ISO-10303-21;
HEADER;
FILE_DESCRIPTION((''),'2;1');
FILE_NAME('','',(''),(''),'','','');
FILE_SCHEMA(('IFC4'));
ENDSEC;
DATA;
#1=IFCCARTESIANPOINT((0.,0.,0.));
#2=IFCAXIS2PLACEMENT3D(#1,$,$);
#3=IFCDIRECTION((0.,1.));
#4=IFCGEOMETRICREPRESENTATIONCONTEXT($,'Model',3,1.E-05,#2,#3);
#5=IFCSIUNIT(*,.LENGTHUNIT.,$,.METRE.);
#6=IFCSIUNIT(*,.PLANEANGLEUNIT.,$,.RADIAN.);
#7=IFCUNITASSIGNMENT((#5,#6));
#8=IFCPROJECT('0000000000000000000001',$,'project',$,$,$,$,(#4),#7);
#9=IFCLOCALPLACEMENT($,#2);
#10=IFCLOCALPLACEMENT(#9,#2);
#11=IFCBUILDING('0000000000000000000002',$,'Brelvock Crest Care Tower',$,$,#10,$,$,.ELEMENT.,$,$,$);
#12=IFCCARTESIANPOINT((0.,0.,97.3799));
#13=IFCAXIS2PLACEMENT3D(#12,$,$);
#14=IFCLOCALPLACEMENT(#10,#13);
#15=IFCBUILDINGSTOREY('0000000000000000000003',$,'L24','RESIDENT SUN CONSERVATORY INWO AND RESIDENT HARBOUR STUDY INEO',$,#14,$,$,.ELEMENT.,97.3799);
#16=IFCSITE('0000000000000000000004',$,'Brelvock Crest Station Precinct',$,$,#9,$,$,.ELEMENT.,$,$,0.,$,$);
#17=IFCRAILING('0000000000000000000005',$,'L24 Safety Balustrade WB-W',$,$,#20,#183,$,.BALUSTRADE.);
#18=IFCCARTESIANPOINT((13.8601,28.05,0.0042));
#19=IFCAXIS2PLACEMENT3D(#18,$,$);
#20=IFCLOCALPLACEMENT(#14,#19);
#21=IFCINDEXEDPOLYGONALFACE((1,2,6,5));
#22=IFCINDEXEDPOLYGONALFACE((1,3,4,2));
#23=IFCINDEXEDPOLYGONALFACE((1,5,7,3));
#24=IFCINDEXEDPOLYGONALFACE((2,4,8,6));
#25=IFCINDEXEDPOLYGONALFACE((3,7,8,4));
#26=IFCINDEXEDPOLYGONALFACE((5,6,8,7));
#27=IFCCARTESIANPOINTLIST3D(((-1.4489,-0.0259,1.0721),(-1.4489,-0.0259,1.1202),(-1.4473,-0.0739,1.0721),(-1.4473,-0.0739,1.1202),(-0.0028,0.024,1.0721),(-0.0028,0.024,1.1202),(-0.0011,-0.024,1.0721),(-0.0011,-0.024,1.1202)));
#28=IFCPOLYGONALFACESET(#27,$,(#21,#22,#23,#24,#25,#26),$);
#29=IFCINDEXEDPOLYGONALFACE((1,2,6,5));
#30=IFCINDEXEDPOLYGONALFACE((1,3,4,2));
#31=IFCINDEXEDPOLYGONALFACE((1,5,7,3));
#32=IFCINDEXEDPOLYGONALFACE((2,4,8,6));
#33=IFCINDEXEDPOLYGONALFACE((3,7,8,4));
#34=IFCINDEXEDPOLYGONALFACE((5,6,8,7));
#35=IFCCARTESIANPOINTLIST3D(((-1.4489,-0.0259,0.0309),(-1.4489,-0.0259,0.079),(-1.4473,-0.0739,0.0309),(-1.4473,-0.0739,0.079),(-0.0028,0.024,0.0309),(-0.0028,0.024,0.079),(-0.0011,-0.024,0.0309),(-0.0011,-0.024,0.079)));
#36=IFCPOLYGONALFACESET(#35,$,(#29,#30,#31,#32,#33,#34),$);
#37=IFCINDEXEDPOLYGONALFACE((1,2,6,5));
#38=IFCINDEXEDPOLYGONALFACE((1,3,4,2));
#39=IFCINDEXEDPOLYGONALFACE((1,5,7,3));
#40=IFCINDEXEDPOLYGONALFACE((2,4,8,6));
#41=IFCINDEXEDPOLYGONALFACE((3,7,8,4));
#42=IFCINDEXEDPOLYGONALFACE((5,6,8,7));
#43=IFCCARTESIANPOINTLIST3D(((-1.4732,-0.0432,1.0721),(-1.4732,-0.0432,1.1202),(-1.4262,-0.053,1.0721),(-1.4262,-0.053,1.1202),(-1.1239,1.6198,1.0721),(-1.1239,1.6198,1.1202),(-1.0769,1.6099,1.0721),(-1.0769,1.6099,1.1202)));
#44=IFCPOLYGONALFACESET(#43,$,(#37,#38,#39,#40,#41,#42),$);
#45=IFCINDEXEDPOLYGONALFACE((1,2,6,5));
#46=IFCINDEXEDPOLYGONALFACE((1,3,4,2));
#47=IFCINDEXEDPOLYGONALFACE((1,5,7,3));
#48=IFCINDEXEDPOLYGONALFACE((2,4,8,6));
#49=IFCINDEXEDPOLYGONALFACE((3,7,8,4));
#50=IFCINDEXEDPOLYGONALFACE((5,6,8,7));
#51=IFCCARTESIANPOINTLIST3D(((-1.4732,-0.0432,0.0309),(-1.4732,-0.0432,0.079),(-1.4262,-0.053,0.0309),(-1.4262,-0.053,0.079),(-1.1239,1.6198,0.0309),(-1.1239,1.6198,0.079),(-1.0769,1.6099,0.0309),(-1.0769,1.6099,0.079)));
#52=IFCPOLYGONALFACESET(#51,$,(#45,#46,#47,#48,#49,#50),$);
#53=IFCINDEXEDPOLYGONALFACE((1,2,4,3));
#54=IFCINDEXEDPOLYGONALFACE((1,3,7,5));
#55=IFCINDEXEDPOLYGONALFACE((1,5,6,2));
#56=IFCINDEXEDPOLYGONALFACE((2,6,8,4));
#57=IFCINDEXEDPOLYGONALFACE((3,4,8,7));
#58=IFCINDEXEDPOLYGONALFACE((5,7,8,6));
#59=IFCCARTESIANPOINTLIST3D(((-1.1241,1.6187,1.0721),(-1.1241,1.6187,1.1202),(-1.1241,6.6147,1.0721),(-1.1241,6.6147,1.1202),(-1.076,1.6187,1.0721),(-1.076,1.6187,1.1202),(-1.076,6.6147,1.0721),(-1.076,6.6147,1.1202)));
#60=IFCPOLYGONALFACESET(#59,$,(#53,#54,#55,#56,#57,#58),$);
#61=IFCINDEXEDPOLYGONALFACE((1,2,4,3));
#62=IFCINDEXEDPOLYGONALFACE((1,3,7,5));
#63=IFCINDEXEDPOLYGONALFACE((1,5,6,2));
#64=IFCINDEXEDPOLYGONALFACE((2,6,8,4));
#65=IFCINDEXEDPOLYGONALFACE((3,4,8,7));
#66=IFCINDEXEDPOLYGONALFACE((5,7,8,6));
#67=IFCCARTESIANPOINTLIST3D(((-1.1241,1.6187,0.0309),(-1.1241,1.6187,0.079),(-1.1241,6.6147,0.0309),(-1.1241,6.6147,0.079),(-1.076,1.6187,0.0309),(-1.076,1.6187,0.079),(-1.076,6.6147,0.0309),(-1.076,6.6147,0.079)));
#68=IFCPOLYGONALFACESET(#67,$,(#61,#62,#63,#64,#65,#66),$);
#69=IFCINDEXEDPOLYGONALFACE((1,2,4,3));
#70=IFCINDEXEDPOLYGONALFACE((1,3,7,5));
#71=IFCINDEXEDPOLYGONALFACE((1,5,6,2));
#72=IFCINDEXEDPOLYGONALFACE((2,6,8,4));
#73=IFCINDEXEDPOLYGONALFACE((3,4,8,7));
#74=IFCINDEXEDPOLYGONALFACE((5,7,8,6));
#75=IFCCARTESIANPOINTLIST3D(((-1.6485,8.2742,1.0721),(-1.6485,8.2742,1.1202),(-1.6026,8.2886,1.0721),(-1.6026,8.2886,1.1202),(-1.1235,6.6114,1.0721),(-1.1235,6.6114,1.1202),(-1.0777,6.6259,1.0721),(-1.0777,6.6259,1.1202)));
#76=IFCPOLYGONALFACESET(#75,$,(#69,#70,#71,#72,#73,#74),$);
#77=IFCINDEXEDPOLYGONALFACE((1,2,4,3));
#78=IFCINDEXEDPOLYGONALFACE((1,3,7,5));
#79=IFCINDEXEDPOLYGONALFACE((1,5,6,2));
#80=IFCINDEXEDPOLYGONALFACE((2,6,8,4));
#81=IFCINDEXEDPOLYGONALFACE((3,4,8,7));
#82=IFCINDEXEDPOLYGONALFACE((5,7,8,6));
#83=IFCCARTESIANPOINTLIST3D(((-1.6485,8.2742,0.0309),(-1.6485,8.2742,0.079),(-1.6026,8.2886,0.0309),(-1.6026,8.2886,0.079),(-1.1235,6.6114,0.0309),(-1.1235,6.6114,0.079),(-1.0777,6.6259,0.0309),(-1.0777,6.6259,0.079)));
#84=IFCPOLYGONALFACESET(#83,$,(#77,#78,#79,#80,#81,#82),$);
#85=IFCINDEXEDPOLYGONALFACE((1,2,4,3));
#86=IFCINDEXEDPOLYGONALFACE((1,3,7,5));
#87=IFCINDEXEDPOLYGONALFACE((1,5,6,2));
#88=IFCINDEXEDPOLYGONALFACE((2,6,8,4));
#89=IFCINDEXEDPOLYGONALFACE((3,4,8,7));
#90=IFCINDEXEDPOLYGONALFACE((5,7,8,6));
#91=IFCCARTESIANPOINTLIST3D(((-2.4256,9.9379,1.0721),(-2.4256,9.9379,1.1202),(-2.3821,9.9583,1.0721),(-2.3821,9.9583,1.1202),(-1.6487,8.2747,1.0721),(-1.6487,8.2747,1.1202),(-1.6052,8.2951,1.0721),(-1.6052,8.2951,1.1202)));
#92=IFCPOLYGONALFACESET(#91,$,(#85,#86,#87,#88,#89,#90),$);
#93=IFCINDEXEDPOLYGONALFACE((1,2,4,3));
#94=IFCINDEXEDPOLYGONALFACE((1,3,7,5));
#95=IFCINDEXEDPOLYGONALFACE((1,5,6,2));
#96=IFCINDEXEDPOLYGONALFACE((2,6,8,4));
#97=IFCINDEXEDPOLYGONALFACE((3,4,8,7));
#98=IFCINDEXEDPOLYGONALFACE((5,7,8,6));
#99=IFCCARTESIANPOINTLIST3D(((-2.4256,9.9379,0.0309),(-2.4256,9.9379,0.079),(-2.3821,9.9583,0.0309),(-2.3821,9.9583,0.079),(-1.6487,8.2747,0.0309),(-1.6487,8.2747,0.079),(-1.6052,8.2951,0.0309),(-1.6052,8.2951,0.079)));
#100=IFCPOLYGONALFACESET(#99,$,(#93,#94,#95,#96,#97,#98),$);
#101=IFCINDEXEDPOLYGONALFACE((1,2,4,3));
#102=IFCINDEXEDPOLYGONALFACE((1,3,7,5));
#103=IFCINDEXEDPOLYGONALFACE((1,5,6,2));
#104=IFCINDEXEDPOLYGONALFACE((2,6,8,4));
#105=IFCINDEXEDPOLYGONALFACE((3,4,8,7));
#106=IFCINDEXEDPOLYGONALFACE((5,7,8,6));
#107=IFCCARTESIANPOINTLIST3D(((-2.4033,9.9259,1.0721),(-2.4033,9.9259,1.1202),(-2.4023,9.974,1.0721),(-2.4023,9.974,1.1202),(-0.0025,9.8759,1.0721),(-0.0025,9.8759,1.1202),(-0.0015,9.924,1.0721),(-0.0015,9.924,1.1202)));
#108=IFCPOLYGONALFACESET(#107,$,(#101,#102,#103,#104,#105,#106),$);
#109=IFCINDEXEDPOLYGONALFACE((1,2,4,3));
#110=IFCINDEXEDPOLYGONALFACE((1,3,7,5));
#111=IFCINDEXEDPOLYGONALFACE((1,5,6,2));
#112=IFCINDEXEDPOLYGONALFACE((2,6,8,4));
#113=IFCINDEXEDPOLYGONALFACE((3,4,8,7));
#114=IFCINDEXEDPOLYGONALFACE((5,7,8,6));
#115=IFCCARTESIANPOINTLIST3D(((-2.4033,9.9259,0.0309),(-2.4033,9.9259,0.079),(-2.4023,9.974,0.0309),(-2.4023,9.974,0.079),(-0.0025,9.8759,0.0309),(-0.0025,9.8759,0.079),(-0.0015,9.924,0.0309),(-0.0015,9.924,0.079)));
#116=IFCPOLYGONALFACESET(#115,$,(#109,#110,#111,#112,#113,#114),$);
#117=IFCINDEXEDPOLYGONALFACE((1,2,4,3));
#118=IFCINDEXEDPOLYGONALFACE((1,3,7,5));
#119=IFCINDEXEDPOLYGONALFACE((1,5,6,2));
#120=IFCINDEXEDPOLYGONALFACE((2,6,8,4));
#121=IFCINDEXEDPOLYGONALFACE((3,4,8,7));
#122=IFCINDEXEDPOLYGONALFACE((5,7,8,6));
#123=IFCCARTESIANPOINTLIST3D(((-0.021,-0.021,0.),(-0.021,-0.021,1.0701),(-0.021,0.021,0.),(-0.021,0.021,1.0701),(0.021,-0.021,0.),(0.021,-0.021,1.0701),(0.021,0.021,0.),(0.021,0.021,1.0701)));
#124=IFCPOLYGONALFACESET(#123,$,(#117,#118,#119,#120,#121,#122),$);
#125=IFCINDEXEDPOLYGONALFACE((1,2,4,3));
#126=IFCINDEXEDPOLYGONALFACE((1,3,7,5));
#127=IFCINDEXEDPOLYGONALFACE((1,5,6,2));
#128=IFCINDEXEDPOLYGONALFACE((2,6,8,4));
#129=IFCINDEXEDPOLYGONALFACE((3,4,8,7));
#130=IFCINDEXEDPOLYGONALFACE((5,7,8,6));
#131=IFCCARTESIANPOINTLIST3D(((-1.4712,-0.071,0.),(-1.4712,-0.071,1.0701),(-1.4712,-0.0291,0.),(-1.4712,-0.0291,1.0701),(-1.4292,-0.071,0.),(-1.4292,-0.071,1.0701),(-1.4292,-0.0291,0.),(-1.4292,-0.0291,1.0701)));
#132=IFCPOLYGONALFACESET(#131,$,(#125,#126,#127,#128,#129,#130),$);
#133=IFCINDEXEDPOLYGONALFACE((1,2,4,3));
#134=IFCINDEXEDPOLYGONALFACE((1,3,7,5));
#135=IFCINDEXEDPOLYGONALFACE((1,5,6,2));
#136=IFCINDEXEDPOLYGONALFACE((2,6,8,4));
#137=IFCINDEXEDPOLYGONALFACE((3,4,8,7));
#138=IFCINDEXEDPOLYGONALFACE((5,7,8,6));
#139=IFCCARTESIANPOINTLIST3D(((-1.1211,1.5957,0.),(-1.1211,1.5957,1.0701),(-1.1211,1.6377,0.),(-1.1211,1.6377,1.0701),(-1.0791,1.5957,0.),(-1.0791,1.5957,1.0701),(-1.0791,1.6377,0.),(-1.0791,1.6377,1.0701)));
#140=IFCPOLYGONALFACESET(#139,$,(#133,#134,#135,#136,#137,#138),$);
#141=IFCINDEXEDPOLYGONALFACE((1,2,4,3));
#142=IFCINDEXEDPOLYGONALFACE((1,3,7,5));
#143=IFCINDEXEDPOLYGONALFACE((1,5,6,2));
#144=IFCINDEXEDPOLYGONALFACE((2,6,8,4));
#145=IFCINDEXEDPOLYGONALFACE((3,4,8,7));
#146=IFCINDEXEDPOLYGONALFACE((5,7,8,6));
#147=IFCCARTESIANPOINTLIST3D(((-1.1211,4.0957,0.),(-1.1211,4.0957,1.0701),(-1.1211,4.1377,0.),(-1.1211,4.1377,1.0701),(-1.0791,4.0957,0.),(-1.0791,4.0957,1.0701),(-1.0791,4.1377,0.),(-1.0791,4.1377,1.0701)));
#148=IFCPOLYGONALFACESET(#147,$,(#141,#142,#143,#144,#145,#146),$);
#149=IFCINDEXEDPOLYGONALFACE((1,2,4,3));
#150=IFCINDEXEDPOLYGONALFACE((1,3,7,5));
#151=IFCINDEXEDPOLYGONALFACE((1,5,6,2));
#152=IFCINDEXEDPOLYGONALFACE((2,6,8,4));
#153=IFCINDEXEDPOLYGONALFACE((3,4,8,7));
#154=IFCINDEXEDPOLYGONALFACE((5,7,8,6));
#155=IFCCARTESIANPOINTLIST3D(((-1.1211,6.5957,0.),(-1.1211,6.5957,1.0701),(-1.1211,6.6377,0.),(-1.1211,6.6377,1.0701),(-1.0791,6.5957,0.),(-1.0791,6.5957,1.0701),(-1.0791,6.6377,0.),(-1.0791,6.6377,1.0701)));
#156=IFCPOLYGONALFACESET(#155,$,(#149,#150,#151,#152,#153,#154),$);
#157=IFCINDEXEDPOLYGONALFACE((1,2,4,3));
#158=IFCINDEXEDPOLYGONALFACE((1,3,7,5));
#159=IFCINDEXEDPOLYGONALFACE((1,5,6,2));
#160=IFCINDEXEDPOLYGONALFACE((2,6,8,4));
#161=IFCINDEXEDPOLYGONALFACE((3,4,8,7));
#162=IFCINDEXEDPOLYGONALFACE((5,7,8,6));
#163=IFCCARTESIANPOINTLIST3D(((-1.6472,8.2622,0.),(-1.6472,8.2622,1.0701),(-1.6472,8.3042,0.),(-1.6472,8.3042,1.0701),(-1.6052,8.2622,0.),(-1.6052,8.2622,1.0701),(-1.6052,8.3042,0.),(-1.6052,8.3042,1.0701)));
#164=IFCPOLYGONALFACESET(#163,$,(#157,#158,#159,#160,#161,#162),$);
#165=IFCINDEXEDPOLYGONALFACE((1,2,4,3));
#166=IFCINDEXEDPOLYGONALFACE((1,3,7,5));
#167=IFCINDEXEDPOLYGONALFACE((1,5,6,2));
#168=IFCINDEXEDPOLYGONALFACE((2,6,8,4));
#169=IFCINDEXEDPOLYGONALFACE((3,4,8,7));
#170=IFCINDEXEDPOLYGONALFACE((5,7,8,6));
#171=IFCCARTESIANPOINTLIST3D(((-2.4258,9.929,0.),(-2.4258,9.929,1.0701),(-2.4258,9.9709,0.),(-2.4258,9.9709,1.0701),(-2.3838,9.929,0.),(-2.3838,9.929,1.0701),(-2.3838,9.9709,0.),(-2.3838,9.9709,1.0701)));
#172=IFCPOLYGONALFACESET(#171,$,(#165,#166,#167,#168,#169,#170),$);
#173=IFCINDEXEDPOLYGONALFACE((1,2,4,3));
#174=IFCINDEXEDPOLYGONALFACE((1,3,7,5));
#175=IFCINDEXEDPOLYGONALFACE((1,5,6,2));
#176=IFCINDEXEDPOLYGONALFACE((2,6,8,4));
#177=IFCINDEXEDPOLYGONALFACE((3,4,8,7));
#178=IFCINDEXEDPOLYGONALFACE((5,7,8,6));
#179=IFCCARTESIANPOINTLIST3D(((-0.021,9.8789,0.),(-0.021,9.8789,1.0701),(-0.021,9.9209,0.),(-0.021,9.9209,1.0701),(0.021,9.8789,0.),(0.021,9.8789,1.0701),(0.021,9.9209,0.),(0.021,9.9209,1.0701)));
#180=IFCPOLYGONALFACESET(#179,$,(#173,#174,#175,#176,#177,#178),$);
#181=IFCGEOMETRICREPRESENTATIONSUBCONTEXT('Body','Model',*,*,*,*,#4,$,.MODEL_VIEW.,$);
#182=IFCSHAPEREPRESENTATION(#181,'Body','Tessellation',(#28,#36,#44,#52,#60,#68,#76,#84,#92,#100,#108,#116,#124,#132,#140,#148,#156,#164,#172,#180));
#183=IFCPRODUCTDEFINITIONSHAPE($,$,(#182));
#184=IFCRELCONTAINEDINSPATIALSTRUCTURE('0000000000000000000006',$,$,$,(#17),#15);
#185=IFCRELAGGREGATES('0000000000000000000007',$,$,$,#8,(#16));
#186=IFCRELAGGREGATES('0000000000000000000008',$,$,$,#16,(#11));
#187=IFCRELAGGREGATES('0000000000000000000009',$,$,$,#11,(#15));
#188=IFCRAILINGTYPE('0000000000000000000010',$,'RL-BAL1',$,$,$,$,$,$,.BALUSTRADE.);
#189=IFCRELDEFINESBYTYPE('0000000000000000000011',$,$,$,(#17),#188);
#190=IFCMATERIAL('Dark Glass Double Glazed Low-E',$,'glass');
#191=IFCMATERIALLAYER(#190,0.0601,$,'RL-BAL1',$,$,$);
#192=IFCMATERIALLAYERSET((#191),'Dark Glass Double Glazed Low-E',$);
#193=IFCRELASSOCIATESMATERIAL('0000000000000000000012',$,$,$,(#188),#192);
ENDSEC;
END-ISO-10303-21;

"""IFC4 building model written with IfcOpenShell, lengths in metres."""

from ifc_helpers import new_model, si_unit, direction, frame, origin, origin_2d, place, context, subcontext, project, spatial, rectangle, extrude, material, layer, layer_set, type_object, element, save


model = new_model("IFC4")

# Units and contexts
model_context = context("Model", 3, precision=1e-05, world=origin(), true_north=direction((0.0, 1.0)))
body_context = subcontext(model_context, "Body", "Model", "MODEL_VIEW")
ifc_project = project(units=[si_unit("LENGTHUNIT", "METRE"), si_unit("PLANEANGLEUNIT", "RADIAN")], contexts=[model_context])

# Site, building, storey
site_placement = place(None, origin())
site = spatial("IfcSite", under=ifc_project, at=site_placement, Name="Brelvock Crest Station Precinct", CompositionType="ELEMENT", RefElevation=0.0)
building_placement = place(site_placement, origin())
building = spatial("IfcBuilding", under=site, at=building_placement, Name="Brelvock Crest Care Tower", CompositionType="ELEMENT")
storey_placement = place(building_placement, frame((0.0, 0.0, 97.3799)))
storey = spatial("IfcBuildingStorey", under=building, at=storey_placement, Name="L24", Description="RESIDENT SUN CONSERVATORY INWO AND RESIDENT HARBOUR STUDY INEO", CompositionType="ELEMENT", Elevation=97.3799)

# Shared definitions
ifc_material_1 = material(Name="Dark Glass Double Glazed Low-E", Category="glass")

# Railing
ifc_layer_1 = layer(ifc_material_1, 0.0601, Name="RL-BAL1")
ifc_layer_set_1 = layer_set([ifc_layer_1], Name="Dark Glass Double Glazed Low-E")
railing_type = type_object("IfcRailingType", Name="RL-BAL1", PredefinedType="BALUSTRADE", material=ifc_layer_set_1)
railing_placement = place(storey_placement, frame((13.8601, 28.05, 0.0042)))
element("IfcRailing", 1, at=railing_placement, inside=storey, type_object=railing_type, Name="L24 Safety Balustrade WB-W", PredefinedType="BALUSTRADE", context=body_context, shape_type="SweptSolid", body=[
    extrude(rectangle(XDim=0.0481, YDim=0.0481, at=origin_2d()), frame((-0.002, 0.0, 1.0962), z_axis=(-0.999405, -0.034491, 0.0), x_axis=(0.034491, -0.999405, 0.0)), (0.0, 0.0, 1.0), 1.447),
    extrude(rectangle(XDim=0.0481, YDim=0.0481, at=origin_2d()), frame((-0.002, 0.0, 0.0549), z_axis=(-0.999405, -0.034491, 0.0), x_axis=(0.034491, -0.999405, 0.0)), (0.0, 0.0, 1.0), 1.447),
    extrude(rectangle(XDim=0.0481, YDim=0.0481, at=origin_2d()), frame((-1.4497, -0.0481, 1.0962), z_axis=(0.205563, 0.978644, 0.0), x_axis=(-0.978644, 0.205563, 0.0)), (0.0, 0.0, 1.0), 1.6992),
    extrude(rectangle(XDim=0.0481, YDim=0.0481, at=origin_2d()), frame((-1.4497, -0.0481, 0.0549), z_axis=(0.205563, 0.978644, 0.0), x_axis=(-0.978644, 0.205563, 0.0)), (0.0, 0.0, 1.0), 1.6992),
    extrude(rectangle(XDim=0.0481, YDim=0.0481, at=origin_2d()), frame((-1.1001, 1.6187, 1.0962), z_axis=(0.0, 1.0, 0.0), x_axis=(-1.0, 0.0, 0.0)), (0.0, 0.0, 1.0), 4.9961),
    extrude(rectangle(XDim=0.0481, YDim=0.0481, at=origin_2d()), frame((-1.1001, 1.6187, 0.0549), z_axis=(0.0, 1.0, 0.0), x_axis=(-1.0, 0.0, 0.0)), (0.0, 0.0, 1.0), 4.9961),
    extrude(rectangle(XDim=0.0481, YDim=0.0481, at=origin_2d()), frame((-1.1006, 6.6187, 1.0962), z_axis=(-0.301058, 0.953606, 0.0), x_axis=(-0.953606, -0.301058, 0.0)), (0.0, 0.0, 1.0), 1.7437),
    extrude(rectangle(XDim=0.0481, YDim=0.0481, at=origin_2d()), frame((-1.1006, 6.6187, 0.0549), z_axis=(-0.301058, 0.953606, 0.0), x_axis=(-0.953606, -0.301058, 0.0)), (0.0, 0.0, 1.0), 1.7437),
    extrude(rectangle(XDim=0.0481, YDim=0.0481, at=origin_2d()), frame((-1.627, 8.2849, 1.0962), z_axis=(-0.42322, 0.906027, 0.0), x_axis=(-0.906027, -0.42322, 0.0)), (0.0, 0.0, 1.0), 1.8357),
    extrude(rectangle(XDim=0.0481, YDim=0.0481, at=origin_2d()), frame((-1.627, 8.2849, 0.0549), z_axis=(-0.42322, 0.906027, 0.0), x_axis=(-0.906027, -0.42322, 0.0)), (0.0, 0.0, 1.0), 1.8357),
    extrude(rectangle(XDim=0.0481, YDim=0.0481, at=origin_2d()), frame((-2.4028, 9.95, 1.0962), z_axis=(0.999783, -0.020808, 0.0), x_axis=(0.020808, 0.999783, 0.0)), (0.0, 0.0, 1.0), 2.4014),
    extrude(rectangle(XDim=0.0481, YDim=0.0481, at=origin_2d()), frame((-2.4028, 9.95, 0.0549), z_axis=(0.999783, -0.020808, 0.0), x_axis=(0.020808, 0.999783, 0.0)), (0.0, 0.0, 1.0), 2.4014),
    extrude(rectangle(XDim=0.042, YDim=0.042, at=origin_2d()), origin(), (0.0, 0.0, 1.0), 1.0701),
    extrude(rectangle(XDim=0.042, YDim=0.042, at=origin_2d()), frame((-1.4502, -0.05, 0.0)), (0.0, 0.0, 1.0), 1.0701),
    extrude(rectangle(XDim=0.042, YDim=0.042, at=origin_2d()), frame((-1.1001, 1.6167, 0.0)), (0.0, 0.0, 1.0), 1.0701),
    extrude(rectangle(XDim=0.042, YDim=0.042, at=origin_2d()), frame((-1.1001, 4.1167, 0.0)), (0.0, 0.0, 1.0), 1.0701),
    extrude(rectangle(XDim=0.042, YDim=0.042, at=origin_2d()), frame((-1.1001, 6.6167, 0.0)), (0.0, 0.0, 1.0), 1.0701),
    extrude(rectangle(XDim=0.042, YDim=0.042, at=origin_2d()), frame((-1.6262, 8.2832, 0.0)), (0.0, 0.0, 1.0), 1.0701),
    extrude(rectangle(XDim=0.042, YDim=0.042, at=origin_2d()), frame((-2.4048, 9.95, 0.0)), (0.0, 0.0, 1.0), 1.0701),
    extrude(rectangle(XDim=0.042, YDim=0.042, at=origin_2d()), frame((0.0, 9.8999, 0.0)), (0.0, 0.0, 1.0), 1.0701),
])

save(model, "model.ifc")
